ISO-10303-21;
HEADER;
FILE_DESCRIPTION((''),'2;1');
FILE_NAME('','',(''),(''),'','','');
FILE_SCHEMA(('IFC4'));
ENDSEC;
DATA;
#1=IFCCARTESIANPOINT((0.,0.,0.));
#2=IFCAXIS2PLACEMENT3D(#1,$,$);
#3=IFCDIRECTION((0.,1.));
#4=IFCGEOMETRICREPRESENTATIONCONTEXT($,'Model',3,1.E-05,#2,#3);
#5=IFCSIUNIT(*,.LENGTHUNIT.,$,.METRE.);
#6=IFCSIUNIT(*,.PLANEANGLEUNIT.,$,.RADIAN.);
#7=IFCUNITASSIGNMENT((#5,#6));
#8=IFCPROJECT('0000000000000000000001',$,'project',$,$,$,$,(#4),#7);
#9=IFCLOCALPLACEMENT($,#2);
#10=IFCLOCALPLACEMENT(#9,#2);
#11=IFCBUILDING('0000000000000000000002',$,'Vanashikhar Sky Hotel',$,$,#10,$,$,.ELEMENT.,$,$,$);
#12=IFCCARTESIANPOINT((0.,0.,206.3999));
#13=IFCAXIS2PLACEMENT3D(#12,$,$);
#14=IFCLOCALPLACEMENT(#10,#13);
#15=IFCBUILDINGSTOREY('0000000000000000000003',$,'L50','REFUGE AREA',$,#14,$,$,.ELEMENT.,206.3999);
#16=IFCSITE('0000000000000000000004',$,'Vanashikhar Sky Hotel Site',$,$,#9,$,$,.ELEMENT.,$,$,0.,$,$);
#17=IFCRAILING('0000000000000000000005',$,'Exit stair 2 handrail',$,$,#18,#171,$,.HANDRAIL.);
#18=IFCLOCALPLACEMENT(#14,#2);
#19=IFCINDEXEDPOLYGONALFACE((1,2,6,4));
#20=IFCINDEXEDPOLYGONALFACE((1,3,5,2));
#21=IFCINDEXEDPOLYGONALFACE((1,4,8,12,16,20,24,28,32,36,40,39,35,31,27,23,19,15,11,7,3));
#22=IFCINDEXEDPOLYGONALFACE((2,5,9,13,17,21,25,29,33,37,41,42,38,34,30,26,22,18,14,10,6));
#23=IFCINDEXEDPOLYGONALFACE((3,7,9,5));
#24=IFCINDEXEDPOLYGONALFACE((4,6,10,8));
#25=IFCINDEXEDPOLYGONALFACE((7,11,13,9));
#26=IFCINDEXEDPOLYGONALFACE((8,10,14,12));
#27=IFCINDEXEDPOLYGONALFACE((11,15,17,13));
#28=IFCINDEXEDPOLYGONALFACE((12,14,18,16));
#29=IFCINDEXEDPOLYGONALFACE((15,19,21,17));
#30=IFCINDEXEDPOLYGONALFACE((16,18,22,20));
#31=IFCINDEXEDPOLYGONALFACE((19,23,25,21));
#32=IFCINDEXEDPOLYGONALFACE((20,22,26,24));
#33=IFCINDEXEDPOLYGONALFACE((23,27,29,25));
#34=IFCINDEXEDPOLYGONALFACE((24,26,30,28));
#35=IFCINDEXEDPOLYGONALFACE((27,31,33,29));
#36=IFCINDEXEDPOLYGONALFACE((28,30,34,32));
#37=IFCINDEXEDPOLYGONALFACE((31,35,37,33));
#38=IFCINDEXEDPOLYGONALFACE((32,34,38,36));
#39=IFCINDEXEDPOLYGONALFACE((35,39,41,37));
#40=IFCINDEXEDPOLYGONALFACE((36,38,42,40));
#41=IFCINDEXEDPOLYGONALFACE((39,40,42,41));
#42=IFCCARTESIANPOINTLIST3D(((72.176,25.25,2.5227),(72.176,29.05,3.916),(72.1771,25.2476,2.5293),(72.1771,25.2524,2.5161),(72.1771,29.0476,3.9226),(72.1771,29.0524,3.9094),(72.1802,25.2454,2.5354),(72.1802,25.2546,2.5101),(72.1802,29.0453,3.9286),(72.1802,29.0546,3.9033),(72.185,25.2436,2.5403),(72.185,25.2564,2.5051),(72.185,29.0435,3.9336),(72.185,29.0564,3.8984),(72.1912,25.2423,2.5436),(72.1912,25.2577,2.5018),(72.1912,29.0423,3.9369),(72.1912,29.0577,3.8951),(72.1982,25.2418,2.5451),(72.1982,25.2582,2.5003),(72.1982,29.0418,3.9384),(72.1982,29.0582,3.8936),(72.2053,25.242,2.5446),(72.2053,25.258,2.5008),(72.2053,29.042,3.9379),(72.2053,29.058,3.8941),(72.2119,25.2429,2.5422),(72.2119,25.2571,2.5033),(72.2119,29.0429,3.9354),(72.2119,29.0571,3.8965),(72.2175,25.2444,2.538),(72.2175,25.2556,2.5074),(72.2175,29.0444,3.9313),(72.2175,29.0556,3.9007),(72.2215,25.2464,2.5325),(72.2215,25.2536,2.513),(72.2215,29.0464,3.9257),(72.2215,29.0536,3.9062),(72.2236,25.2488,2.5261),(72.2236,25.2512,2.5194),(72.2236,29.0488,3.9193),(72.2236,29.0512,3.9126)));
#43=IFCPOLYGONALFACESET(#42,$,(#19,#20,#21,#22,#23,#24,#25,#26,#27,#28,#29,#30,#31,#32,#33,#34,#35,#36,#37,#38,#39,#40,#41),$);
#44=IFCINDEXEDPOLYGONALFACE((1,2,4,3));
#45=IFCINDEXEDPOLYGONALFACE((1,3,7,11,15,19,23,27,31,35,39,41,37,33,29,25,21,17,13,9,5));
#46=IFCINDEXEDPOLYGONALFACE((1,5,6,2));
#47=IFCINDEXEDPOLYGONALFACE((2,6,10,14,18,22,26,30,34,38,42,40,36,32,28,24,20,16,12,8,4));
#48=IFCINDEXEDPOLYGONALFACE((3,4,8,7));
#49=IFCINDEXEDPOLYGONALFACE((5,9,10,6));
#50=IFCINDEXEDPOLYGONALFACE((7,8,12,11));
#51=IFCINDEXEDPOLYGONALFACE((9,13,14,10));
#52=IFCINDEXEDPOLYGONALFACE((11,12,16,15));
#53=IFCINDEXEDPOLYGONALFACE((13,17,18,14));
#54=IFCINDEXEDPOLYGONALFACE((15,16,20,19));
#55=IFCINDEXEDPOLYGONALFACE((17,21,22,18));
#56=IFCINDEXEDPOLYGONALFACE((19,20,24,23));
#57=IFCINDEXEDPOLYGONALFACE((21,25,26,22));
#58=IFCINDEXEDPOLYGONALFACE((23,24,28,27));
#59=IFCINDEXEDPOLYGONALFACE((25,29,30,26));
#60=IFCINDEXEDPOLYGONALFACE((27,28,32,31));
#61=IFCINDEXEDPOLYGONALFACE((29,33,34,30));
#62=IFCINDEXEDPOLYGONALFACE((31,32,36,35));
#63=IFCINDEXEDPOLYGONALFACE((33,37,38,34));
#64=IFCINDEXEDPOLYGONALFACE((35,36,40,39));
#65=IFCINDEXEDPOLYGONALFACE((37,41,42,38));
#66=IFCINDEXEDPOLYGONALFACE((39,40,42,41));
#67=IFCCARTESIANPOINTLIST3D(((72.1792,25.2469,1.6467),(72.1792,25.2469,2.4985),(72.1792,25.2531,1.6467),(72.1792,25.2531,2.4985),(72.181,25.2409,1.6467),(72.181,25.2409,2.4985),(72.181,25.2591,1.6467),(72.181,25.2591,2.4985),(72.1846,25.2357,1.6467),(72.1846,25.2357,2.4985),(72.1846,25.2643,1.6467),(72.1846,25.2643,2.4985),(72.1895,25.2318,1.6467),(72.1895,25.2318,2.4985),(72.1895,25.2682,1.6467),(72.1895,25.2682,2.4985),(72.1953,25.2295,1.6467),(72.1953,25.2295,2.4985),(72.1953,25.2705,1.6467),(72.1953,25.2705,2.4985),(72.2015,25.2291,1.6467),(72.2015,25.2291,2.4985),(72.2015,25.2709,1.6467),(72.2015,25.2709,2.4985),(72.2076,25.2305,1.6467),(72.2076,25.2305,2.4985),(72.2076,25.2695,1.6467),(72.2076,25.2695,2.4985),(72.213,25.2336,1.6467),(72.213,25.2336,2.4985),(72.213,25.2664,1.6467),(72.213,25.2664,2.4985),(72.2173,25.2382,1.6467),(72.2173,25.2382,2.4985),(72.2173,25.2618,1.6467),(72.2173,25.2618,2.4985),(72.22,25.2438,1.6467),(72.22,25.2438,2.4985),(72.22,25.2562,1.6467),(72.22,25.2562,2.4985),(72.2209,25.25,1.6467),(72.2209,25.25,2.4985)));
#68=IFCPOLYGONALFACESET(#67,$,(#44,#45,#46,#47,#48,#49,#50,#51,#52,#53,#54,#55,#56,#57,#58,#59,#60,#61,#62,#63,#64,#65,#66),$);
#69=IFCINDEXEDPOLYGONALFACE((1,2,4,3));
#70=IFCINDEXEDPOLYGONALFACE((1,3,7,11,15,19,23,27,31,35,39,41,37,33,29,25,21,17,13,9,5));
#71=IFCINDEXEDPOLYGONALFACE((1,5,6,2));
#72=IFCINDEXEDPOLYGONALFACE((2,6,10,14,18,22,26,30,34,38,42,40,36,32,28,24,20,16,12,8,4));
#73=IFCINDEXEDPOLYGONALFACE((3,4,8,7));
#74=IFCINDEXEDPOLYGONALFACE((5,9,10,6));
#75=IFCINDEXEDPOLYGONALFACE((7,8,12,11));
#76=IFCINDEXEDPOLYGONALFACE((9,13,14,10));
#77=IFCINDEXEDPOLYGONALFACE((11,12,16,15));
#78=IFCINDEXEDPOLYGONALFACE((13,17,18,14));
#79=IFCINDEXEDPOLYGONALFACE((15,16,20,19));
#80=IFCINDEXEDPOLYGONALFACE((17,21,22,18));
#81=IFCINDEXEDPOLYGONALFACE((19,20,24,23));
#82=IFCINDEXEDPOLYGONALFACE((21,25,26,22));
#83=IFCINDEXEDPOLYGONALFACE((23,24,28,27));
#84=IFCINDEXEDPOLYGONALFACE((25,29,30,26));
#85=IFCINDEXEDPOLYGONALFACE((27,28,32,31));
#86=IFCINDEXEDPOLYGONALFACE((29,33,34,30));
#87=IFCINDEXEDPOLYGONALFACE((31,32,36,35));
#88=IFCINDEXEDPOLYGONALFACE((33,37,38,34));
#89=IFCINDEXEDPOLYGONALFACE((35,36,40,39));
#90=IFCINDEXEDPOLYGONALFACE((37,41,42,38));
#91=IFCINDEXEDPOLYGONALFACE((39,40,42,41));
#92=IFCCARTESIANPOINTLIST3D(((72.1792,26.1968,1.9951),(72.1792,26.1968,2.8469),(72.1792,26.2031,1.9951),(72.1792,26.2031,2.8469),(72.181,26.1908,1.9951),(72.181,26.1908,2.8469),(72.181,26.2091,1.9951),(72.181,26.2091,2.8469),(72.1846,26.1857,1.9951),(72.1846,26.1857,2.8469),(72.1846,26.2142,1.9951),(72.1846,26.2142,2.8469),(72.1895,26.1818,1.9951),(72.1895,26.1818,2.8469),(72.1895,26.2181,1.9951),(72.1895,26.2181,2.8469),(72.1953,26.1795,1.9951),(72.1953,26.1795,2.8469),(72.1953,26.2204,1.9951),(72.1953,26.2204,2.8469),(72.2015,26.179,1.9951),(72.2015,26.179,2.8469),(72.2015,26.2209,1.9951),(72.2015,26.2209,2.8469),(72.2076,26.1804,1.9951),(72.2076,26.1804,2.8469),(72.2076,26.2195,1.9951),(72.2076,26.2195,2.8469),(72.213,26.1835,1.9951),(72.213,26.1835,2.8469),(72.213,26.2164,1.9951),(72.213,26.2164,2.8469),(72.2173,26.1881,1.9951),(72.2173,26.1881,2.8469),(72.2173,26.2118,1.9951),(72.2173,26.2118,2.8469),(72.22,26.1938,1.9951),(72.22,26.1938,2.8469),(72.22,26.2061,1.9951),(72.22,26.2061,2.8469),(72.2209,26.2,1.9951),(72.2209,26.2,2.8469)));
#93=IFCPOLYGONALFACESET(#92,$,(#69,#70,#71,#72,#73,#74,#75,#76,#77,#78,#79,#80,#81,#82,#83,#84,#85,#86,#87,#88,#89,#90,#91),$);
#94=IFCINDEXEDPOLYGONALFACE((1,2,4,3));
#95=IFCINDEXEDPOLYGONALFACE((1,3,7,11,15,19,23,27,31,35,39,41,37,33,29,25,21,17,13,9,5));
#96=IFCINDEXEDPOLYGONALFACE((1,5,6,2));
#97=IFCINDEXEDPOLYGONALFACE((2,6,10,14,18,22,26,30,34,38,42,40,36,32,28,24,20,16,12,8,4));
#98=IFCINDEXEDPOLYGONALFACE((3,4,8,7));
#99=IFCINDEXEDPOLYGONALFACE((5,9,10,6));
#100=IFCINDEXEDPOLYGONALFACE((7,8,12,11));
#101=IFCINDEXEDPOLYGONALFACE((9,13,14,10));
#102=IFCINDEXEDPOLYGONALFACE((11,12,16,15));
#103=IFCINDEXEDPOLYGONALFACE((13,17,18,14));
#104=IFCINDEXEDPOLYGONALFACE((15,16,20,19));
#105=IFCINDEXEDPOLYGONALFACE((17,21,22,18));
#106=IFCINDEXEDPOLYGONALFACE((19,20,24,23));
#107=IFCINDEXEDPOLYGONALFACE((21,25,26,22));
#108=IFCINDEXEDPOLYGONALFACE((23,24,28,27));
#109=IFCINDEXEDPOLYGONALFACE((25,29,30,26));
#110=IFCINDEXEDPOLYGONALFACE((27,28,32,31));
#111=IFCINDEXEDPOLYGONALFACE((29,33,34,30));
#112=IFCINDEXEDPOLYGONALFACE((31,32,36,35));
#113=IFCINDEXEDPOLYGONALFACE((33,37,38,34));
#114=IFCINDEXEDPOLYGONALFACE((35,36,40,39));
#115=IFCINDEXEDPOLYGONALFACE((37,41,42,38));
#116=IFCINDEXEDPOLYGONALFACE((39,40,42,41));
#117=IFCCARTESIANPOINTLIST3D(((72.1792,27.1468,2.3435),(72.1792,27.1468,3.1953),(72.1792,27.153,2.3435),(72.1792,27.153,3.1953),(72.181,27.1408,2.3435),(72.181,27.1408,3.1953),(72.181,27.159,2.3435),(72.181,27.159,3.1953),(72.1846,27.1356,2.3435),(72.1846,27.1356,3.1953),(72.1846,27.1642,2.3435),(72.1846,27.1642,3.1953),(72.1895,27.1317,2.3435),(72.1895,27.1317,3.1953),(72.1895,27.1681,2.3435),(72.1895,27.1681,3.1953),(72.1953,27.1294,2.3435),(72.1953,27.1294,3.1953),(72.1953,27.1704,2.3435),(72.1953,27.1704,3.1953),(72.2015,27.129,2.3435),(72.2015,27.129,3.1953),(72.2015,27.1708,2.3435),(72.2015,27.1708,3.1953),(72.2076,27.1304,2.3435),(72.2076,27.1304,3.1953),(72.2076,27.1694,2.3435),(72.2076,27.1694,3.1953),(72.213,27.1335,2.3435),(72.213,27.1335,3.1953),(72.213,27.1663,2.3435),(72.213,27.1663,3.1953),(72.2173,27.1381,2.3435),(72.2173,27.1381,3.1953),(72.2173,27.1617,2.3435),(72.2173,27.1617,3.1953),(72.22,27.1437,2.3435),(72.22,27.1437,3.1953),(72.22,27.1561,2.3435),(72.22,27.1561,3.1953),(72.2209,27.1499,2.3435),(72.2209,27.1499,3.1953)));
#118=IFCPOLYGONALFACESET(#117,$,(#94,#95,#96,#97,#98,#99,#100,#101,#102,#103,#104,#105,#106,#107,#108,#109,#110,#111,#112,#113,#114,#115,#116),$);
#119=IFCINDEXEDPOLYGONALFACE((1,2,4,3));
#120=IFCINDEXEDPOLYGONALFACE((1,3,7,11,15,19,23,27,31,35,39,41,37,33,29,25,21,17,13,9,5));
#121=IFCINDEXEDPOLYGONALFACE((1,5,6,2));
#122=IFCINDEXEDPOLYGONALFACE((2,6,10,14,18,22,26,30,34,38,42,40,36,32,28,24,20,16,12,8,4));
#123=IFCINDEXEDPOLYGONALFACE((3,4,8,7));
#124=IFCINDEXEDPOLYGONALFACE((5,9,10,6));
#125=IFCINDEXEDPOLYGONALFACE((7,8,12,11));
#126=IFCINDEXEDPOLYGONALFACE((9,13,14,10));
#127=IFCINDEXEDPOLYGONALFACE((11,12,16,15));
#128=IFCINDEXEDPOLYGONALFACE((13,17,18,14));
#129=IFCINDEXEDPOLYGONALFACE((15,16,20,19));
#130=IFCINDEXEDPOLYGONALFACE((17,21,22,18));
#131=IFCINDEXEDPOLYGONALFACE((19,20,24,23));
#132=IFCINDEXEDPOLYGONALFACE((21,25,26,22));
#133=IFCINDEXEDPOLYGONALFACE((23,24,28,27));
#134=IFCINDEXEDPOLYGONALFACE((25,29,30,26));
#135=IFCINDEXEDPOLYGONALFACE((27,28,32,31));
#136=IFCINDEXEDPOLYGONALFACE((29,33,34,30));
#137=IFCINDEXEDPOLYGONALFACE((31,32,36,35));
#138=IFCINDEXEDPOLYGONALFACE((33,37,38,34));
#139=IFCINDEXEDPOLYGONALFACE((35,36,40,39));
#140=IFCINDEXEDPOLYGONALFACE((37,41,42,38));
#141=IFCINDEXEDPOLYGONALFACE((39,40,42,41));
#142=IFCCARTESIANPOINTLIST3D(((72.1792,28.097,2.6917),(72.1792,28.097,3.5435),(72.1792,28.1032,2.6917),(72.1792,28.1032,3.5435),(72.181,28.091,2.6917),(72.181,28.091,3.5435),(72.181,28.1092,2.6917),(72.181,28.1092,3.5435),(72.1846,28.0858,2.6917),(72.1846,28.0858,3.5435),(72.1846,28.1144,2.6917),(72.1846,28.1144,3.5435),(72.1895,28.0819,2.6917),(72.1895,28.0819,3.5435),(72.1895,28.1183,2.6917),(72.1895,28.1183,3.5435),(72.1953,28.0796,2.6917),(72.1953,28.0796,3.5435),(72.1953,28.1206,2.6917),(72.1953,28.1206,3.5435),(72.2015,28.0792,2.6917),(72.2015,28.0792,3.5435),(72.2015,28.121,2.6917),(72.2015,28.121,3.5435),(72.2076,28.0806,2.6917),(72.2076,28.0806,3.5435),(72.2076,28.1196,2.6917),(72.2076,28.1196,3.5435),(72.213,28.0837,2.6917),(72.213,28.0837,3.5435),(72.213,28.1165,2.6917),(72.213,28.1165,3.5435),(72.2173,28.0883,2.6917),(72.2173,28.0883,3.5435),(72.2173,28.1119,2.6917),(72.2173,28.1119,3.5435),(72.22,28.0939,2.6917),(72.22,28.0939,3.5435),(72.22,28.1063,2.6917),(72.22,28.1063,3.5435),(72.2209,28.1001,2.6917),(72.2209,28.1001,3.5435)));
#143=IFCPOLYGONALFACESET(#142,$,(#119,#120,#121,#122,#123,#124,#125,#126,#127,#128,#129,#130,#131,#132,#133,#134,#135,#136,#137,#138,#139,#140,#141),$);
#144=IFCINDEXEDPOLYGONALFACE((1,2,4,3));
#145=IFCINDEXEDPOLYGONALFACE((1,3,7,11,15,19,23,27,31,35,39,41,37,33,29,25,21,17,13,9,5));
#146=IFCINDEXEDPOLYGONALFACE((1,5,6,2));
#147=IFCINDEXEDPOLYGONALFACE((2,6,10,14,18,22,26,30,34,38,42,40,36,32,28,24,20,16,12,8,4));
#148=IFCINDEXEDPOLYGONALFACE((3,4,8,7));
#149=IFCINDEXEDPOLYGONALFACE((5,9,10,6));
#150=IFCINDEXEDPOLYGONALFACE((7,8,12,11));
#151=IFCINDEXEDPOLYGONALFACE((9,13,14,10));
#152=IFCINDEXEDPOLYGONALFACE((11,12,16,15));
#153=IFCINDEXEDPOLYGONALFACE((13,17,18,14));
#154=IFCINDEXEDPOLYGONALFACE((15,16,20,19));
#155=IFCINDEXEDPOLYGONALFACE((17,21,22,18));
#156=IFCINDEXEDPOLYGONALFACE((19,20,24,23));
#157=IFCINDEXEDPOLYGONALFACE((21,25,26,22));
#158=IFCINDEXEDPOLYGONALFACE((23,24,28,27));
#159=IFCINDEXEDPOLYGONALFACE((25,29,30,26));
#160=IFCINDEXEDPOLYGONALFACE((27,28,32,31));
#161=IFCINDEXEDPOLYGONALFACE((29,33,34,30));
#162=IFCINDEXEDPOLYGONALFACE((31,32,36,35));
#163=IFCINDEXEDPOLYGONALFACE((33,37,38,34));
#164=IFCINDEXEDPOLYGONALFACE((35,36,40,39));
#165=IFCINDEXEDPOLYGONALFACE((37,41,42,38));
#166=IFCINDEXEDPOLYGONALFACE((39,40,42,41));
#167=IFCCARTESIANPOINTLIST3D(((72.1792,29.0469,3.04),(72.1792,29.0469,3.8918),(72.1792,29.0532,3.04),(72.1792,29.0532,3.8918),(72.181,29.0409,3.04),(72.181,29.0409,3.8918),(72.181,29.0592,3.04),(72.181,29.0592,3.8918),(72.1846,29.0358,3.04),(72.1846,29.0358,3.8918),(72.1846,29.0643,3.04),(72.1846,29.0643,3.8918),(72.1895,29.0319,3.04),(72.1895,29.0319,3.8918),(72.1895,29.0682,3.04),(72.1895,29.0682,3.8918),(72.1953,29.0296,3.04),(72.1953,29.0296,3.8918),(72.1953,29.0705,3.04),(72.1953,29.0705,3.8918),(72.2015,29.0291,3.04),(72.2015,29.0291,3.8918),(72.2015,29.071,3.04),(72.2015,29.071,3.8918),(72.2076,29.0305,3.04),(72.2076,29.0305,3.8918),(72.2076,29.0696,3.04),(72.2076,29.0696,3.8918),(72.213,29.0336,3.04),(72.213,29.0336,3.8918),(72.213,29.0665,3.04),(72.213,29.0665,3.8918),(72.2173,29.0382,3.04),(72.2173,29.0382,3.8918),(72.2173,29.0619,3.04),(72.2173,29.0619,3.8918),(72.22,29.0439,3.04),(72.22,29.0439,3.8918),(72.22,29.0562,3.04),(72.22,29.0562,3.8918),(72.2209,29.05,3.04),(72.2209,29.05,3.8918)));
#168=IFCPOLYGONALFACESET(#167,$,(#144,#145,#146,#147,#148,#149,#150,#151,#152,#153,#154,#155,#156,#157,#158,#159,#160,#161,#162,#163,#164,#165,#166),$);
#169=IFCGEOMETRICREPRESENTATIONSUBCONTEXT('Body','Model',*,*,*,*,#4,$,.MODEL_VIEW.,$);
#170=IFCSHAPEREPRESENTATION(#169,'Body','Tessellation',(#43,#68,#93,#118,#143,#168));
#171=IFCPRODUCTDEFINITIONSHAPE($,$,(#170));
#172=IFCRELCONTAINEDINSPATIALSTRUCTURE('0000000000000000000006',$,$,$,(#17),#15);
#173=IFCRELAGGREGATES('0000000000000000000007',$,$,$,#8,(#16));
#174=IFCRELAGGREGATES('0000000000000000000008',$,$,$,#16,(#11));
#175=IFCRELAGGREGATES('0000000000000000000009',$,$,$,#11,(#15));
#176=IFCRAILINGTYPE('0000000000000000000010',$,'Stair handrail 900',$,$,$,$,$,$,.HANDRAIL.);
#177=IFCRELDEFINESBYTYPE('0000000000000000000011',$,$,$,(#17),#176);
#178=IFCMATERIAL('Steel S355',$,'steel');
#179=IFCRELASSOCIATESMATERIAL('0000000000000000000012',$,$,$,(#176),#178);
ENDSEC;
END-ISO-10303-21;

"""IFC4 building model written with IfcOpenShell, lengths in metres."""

from ifc_helpers import new_model, si_unit, direction, frame, origin, origin_2d, place, context, subcontext, project, spatial, circle, extrude, source, transform, mapped, material, type_object, element, save


model = new_model("IFC4")

# Units and contexts
model_context = context("Model", 3, precision=1e-05, world=origin(), true_north=direction((0.0, 1.0)))
body_context = subcontext(model_context, "Body", "Model", "MODEL_VIEW")
ifc_project = project(units=[si_unit("LENGTHUNIT", "METRE"), si_unit("PLANEANGLEUNIT", "RADIAN")], contexts=[model_context])

# Site, building, storey
site_placement = place(None, origin())
site = spatial("IfcSite", under=ifc_project, at=site_placement, Name="Vanashikhar Sky Hotel Site", CompositionType="ELEMENT", RefElevation=0.0)
building_placement = place(site_placement, origin())
building = spatial("IfcBuilding", under=site, at=building_placement, Name="Vanashikhar Sky Hotel", CompositionType="ELEMENT")
storey_placement = place(building_placement, frame((0.0, 0.0, 206.3999)))
storey = spatial("IfcBuildingStorey", under=building, at=storey_placement, Name="L50", Description="REFUGE AREA", CompositionType="ELEMENT", Elevation=206.3999)

# Railing
ifc_material_1 = material(Name="Steel S355", Category="steel")
railing_type = type_object("IfcRailingType", Name="Stair handrail 900", PredefinedType="HANDRAIL", material=ifc_material_1)
shared_shape_1 = source(origin(), body_context, "Body", "SweptSolid", [
    extrude(circle(Radius=0.0239, at=origin_2d()), frame((0.0, 0.0, 0.876), z_axis=(0.0, 0.93888, 0.344246), x_axis=(-1.0, 0.0, 0.0)), (0.0, 0.0, 1.0), 4.0474),
    extrude(circle(Radius=0.021, at=origin_2d()), origin(), (0.0, 0.0, 1.0), 0.8518),
    extrude(circle(Radius=0.021, at=origin_2d()), frame((0.0, 0.95, 0.3484)), (0.0, 0.0, 1.0), 0.8518),
    extrude(circle(Radius=0.021, at=origin_2d()), frame((0.0, 1.8999, 0.6968)), (0.0, 0.0, 1.0), 0.8518),
    extrude(circle(Radius=0.021, at=origin_2d()), frame((0.0, 2.8501, 1.0449)), (0.0, 0.0, 1.0), 0.8518),
    extrude(circle(Radius=0.021, at=origin_2d()), frame((0.0, 3.8, 1.3933)), (0.0, 0.0, 1.0), 0.8518),
])
for number, where, name in (
    (1, (72.2, 25.25, 1.6467), "Exit stair 2 handrail"),
):
    element("IfcRailing", number, at=place(storey_placement, frame(where)), inside=storey, type_object=railing_type, Name=name, PredefinedType="HANDRAIL", context=body_context, shape_type="MappedRepresentation", body=[
        mapped(shared_shape_1, transform((0.0, 0.0, 0.0), scale=1.0)),
    ])

save(model, "model.ifc")
